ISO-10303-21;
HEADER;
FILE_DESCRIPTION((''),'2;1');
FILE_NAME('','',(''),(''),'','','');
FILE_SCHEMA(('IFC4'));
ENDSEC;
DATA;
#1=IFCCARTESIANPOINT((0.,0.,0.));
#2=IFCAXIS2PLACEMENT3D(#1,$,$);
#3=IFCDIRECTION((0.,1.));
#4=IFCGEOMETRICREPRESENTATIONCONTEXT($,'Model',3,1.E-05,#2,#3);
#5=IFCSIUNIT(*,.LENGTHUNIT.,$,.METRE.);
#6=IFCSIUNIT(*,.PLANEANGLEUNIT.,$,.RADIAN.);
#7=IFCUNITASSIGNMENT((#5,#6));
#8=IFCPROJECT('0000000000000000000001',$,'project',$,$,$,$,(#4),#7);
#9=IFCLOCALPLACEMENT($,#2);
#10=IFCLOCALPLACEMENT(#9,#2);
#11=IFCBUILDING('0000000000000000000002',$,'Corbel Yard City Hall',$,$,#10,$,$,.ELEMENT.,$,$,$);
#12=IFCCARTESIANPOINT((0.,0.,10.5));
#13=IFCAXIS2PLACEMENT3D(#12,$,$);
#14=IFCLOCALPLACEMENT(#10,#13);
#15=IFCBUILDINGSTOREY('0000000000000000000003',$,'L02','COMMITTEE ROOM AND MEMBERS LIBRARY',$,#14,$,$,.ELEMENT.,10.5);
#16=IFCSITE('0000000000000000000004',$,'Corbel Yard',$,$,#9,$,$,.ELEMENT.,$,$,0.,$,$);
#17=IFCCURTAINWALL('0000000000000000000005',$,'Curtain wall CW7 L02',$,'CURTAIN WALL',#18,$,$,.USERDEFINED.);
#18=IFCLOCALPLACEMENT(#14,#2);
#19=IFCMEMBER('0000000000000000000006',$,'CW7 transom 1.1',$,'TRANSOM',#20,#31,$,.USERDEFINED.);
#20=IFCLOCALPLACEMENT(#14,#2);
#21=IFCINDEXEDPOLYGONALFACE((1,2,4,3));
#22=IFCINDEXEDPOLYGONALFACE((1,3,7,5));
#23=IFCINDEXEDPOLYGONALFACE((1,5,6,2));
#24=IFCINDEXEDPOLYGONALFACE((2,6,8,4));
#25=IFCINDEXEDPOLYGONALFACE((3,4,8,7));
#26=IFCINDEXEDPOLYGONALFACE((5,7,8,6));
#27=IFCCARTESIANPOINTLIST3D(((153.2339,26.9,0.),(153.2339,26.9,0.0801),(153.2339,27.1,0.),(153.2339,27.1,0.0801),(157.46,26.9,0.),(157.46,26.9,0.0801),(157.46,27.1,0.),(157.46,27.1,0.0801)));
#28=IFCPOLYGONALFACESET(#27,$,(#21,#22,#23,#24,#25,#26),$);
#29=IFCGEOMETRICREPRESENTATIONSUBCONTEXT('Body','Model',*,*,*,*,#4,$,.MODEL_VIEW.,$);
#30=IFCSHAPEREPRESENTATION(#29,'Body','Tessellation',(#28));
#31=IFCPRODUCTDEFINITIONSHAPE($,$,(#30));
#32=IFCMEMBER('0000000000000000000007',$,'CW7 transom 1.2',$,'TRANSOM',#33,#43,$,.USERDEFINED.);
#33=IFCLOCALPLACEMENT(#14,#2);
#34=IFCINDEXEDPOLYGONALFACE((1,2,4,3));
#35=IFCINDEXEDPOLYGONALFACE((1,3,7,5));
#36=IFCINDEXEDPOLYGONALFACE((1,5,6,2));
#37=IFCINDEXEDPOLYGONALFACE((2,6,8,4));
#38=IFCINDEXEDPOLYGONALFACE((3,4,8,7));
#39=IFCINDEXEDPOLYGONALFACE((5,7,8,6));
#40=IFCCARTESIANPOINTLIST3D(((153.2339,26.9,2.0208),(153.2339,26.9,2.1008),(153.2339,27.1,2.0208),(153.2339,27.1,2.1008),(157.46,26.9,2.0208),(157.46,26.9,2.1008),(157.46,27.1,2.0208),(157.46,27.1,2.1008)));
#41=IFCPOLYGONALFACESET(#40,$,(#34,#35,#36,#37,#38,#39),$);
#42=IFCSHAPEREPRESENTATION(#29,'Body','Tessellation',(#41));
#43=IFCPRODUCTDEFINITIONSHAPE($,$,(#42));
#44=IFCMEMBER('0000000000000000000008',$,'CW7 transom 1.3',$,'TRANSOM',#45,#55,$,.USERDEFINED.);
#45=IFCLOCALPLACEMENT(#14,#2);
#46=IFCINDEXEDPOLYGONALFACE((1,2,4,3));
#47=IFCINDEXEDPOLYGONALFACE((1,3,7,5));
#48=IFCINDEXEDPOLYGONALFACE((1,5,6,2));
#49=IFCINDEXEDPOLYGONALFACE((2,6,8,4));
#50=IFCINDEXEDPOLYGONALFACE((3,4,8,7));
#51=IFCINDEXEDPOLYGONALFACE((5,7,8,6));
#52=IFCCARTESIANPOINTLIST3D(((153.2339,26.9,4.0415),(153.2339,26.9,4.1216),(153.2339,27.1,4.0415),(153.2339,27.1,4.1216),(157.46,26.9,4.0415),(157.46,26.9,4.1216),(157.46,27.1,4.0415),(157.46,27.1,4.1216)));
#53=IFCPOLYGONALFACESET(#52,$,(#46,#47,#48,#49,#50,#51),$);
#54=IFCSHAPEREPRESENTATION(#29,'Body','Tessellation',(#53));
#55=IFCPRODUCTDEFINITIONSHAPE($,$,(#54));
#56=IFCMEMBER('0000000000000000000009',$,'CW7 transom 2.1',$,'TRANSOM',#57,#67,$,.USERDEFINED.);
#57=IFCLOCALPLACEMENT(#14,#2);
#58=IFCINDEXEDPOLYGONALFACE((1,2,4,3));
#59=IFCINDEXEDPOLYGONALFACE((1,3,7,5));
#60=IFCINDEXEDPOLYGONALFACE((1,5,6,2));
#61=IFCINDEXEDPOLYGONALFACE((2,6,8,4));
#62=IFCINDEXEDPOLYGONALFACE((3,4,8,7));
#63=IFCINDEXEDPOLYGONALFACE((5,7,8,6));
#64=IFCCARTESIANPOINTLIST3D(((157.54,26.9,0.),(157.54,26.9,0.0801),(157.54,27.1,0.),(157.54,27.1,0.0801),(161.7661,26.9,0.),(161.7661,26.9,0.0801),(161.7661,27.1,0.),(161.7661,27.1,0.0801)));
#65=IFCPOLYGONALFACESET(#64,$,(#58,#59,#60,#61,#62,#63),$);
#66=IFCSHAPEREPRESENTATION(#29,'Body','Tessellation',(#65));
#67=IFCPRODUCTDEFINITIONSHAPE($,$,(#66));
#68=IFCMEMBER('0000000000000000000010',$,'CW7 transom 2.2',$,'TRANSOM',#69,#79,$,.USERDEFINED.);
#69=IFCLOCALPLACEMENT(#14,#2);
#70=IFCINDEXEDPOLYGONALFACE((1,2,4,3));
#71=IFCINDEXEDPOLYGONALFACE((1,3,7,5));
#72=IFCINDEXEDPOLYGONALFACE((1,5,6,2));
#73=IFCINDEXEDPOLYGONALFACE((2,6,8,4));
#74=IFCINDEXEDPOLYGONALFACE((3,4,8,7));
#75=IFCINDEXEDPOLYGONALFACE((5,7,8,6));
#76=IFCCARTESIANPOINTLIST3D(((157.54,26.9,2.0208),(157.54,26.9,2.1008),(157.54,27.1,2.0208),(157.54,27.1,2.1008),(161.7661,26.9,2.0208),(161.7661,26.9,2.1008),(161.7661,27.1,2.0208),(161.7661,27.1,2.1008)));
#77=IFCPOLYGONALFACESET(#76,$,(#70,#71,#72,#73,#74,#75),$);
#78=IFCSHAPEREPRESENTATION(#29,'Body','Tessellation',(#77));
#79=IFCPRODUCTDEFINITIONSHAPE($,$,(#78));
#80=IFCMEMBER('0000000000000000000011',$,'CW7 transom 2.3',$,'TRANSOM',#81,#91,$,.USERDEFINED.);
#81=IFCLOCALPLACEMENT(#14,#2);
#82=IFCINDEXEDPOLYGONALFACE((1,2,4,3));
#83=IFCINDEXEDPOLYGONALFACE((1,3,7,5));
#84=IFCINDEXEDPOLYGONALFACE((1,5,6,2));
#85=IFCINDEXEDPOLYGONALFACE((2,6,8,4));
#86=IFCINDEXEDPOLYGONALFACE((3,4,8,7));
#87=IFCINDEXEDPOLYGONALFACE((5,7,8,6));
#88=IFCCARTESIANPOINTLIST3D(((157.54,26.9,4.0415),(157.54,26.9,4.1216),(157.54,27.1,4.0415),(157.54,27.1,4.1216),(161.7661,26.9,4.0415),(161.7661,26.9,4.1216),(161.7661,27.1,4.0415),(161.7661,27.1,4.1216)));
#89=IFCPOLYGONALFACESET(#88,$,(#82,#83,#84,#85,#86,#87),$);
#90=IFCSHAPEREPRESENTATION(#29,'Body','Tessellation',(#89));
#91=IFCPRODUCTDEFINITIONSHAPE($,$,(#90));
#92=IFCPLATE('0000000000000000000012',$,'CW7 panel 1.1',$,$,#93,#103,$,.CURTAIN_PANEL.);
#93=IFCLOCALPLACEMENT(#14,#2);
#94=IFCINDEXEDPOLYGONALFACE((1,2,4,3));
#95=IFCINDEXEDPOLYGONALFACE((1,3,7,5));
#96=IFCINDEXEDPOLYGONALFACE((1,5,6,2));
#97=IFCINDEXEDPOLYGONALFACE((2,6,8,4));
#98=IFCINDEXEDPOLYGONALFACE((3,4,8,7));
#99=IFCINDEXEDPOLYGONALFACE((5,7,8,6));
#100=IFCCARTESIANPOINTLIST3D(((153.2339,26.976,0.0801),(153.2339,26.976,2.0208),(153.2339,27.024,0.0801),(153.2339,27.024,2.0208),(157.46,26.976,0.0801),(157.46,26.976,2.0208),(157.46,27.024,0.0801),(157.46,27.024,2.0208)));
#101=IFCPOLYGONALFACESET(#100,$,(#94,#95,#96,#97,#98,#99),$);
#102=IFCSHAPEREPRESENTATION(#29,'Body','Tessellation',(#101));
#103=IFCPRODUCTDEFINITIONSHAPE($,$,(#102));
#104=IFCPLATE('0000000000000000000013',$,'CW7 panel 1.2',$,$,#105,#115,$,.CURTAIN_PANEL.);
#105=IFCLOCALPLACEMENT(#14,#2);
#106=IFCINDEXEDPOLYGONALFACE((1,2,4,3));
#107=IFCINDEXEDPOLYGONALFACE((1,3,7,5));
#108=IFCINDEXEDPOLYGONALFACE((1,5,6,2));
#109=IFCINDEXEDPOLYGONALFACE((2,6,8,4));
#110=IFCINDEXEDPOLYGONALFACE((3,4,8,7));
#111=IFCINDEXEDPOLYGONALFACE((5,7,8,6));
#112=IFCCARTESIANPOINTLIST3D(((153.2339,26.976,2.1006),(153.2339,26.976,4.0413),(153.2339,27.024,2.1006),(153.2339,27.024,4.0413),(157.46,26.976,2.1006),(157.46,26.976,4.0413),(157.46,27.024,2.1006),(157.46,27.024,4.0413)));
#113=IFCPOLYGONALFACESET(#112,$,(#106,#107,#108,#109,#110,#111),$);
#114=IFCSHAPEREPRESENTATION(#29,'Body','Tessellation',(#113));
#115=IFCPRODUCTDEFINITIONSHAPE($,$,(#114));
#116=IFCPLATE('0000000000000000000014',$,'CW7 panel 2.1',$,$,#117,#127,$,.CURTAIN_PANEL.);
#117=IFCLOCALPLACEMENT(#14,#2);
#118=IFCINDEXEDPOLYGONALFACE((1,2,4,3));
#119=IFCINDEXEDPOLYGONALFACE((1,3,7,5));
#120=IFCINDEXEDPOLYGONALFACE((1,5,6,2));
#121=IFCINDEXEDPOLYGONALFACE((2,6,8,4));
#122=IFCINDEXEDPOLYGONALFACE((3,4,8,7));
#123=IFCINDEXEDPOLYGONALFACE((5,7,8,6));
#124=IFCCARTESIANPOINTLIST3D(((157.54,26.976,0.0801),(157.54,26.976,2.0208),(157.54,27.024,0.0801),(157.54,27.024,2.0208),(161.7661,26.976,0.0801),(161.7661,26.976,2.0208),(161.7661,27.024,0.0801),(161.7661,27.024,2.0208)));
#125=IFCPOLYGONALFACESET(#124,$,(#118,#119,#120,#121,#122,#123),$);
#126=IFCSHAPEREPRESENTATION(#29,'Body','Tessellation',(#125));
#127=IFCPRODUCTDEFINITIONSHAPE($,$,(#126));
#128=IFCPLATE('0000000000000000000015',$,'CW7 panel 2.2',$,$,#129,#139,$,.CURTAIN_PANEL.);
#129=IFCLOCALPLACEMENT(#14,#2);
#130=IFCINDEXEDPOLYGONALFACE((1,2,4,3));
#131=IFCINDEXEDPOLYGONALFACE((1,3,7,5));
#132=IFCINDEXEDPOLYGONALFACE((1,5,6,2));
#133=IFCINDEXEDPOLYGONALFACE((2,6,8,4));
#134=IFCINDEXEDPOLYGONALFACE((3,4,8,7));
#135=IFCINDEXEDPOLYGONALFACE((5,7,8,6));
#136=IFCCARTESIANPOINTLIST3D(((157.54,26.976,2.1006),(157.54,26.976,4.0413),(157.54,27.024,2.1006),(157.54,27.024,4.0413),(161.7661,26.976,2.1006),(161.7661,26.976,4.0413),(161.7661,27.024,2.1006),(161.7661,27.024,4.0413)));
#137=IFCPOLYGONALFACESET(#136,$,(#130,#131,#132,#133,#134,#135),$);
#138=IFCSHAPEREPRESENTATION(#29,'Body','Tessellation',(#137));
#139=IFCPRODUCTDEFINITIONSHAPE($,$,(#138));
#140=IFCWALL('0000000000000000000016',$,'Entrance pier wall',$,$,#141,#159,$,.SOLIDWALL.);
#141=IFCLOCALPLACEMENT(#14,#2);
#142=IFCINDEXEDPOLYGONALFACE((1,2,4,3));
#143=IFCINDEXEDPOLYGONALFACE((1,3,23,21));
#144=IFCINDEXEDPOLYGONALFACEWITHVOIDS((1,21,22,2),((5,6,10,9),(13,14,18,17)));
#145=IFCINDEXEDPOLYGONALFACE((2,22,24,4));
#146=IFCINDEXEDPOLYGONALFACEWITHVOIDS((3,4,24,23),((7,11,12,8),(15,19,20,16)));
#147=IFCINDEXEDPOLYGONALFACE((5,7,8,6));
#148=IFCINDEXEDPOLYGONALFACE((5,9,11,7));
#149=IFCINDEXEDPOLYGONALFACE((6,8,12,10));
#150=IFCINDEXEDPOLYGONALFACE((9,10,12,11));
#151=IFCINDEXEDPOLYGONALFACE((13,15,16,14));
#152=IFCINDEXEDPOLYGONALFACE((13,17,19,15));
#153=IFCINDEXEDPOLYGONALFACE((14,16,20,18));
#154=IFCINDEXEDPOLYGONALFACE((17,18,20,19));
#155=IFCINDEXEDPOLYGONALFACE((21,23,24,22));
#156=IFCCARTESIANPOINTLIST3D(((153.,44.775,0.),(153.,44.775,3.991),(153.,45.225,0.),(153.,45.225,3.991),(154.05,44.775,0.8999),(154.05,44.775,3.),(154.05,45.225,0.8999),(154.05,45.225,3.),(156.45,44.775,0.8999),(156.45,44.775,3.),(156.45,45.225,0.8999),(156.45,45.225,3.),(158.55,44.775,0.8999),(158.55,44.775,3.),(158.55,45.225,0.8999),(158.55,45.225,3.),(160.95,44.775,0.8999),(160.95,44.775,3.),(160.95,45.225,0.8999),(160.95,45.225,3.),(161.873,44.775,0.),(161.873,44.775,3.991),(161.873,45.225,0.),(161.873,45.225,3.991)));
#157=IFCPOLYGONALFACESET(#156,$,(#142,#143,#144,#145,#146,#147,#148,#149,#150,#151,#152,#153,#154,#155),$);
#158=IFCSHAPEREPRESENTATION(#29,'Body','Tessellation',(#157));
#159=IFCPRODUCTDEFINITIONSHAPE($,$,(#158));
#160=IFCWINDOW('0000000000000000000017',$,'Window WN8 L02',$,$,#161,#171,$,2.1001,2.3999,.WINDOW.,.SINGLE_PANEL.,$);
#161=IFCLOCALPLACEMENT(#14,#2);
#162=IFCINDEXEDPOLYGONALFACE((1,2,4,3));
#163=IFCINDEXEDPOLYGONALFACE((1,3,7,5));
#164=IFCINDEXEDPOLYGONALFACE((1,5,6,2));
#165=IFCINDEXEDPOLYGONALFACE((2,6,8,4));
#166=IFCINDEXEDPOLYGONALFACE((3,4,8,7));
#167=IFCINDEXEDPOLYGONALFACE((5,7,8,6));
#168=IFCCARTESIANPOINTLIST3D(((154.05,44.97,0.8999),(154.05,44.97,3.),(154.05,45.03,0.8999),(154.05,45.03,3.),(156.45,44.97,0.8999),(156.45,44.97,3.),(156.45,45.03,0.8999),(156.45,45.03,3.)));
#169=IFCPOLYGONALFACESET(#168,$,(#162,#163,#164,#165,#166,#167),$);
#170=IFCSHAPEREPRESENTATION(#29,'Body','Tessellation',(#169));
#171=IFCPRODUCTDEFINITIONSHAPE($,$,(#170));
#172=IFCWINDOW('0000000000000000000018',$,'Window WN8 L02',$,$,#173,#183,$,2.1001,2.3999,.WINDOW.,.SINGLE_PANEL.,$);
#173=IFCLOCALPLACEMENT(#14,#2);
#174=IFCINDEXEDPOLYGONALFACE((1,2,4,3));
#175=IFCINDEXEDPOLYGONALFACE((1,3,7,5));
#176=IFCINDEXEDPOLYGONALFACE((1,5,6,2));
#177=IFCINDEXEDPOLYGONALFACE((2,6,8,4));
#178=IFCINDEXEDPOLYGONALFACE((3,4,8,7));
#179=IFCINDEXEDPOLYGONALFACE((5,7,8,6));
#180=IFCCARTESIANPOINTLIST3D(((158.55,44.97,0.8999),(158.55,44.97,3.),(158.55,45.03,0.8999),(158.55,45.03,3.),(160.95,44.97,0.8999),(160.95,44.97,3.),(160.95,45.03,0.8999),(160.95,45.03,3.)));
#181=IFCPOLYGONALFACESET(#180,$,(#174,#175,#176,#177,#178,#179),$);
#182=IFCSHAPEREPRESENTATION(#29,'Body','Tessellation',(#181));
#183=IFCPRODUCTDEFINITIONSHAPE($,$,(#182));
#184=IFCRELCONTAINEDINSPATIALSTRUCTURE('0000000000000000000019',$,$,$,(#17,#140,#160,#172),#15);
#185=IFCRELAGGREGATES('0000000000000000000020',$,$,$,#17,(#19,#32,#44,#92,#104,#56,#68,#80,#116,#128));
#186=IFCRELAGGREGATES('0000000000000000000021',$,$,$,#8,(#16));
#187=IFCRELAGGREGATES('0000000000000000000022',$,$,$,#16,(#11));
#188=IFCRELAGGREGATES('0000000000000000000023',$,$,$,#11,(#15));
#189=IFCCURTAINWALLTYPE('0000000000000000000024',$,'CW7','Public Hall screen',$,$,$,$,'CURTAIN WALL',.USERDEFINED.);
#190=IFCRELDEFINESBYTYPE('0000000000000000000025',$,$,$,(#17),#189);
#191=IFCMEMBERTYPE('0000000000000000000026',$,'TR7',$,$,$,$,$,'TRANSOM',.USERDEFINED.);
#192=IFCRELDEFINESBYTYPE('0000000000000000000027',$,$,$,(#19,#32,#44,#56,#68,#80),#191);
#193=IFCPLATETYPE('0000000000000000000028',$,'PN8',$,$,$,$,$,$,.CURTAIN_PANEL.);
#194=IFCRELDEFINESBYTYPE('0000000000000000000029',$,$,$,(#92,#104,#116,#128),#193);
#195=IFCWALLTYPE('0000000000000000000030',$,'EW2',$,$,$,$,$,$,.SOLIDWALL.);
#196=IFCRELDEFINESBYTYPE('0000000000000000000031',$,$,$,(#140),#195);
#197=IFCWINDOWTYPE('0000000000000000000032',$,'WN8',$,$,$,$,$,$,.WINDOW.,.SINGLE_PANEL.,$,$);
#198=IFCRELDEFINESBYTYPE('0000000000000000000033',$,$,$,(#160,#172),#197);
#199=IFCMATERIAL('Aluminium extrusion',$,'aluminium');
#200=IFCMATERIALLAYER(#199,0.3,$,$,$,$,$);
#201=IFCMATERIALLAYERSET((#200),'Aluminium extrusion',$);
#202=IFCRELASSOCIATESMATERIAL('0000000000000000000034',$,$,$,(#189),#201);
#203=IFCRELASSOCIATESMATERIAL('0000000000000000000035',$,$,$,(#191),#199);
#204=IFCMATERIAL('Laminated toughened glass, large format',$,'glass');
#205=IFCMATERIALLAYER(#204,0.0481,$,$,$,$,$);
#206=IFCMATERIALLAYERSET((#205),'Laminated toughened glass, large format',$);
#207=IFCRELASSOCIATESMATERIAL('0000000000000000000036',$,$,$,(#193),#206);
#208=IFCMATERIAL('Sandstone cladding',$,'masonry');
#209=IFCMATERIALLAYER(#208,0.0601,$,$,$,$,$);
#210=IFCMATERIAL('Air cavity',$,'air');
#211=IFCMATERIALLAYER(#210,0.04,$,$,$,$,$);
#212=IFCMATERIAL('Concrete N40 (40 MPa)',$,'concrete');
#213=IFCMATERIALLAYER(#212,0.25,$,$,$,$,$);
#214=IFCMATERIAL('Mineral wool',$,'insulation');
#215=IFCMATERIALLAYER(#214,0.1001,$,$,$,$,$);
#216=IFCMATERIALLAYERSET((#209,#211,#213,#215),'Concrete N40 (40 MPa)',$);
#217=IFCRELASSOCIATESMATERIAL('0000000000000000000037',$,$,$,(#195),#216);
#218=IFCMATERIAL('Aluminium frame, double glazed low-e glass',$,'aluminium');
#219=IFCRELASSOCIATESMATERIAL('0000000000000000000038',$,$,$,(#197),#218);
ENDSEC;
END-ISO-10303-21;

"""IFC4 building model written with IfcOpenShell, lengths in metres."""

from ifc_helpers import new_model, si_unit, direction, frame, frame_2d, origin, origin_2d, place, context, subcontext, project, spatial, rectangle, extrude, material, layer, layer_set, material_profile, profile_set, type_object, element, fill, aggregate, save


model = new_model("IFC4")

# Units and contexts
model_context = context("Model", 3, precision=1e-05, world=origin(), true_north=direction((0.0, 1.0)))
body_context = subcontext(model_context, "Body", "Model", "MODEL_VIEW")
ifc_project = project(units=[si_unit("LENGTHUNIT", "METRE"), si_unit("PLANEANGLEUNIT", "RADIAN")], contexts=[model_context])

# Site, building, storey
site_placement = place(None, origin())
site = spatial("IfcSite", under=ifc_project, at=site_placement, Name="Corbel Yard", CompositionType="ELEMENT", RefElevation=0.0)
building_placement = place(site_placement, origin())
building = spatial("IfcBuilding", under=site, at=building_placement, Name="Corbel Yard City Hall", CompositionType="ELEMENT")
storey_placement = place(building_placement, frame((0.0, 0.0, 10.5)))
storey = spatial("IfcBuildingStorey", under=building, at=storey_placement, Name="L02", Description="COMMITTEE ROOM AND MEMBERS LIBRARY", CompositionType="ELEMENT", Elevation=10.5)

# Curtain wall
ifc_material_1 = material(Name="Aluminium extrusion", Category="aluminium")
ifc_layer_1 = layer(ifc_material_1, 0.3)
ifc_layer_set_1 = layer_set([ifc_layer_1], Name="Aluminium extrusion")
curtain_wall_type = type_object("IfcCurtainWallType", Name="CW7", Description="Public Hall screen", ElementType="CURTAIN WALL", PredefinedType="USERDEFINED", material=ifc_layer_set_1)
curtain_wall_placement = place(storey_placement, origin())
curtain_wall = element("IfcCurtainWall", 1, at=curtain_wall_placement, inside=storey, type_object=curtain_wall_type, Name="Curtain wall CW7 L02", ObjectType="CURTAIN WALL", PredefinedType="USERDEFINED")

# Members
ifc_material_profile_1 = material_profile(ifc_material_1, rectangle(XDim=0.2, YDim=0.0801, at=origin_2d()), Name="200x80")
ifc_profile_set_1 = profile_set([ifc_material_profile_1], Name="Aluminium extrusion")
member_type_1 = type_object("IfcMemberType", Name="TR7", ElementType="TRANSOM", PredefinedType="USERDEFINED", material=ifc_profile_set_1)
member_1_placement = place(storey_placement, frame((153.2339, 27.0, 0.04), z_axis=(1.0, 0.0, 0.0), x_axis=(0.0, 1.0, 0.0)))
member_1 = element("IfcMember", 2, at=member_1_placement, type_object=member_type_1, Name="CW7 transom 1.1", ObjectType="TRANSOM", PredefinedType="USERDEFINED", context=body_context, shape_type="SweptSolid", body=[
    extrude(rectangle(XDim=0.2, YDim=0.0801, at=origin_2d()), origin(), (0.0, 0.0, 1.0), 4.2261),
])
member_2_placement = place(storey_placement, frame((153.2339, 27.0, 2.0608), z_axis=(1.0, 0.0, 0.0), x_axis=(0.0, 1.0, 0.0)))
member_2 = element("IfcMember", 3, at=member_2_placement, type_object=member_type_1, Name="CW7 transom 1.2", ObjectType="TRANSOM", PredefinedType="USERDEFINED", context=body_context, shape_type="SweptSolid", body=[
    extrude(rectangle(XDim=0.2, YDim=0.0801, at=origin_2d()), origin(), (0.0, 0.0, 1.0), 4.2261),
])
member_3_placement = place(storey_placement, frame((153.2339, 27.0, 4.0815), z_axis=(1.0, 0.0, 0.0), x_axis=(0.0, 1.0, 0.0)))
member_3 = element("IfcMember", 4, at=member_3_placement, type_object=member_type_1, Name="CW7 transom 1.3", ObjectType="TRANSOM", PredefinedType="USERDEFINED", context=body_context, shape_type="SweptSolid", body=[
    extrude(rectangle(XDim=0.2, YDim=0.0801, at=origin_2d()), origin(), (0.0, 0.0, 1.0), 4.2261),
])
member_4_placement = place(storey_placement, frame((157.54, 27.0, 0.04), z_axis=(1.0, 0.0, 0.0), x_axis=(0.0, 1.0, 0.0)))
member_4 = element("IfcMember", 5, at=member_4_placement, type_object=member_type_1, Name="CW7 transom 2.1", ObjectType="TRANSOM", PredefinedType="USERDEFINED", context=body_context, shape_type="SweptSolid", body=[
    extrude(rectangle(XDim=0.2, YDim=0.0801, at=origin_2d()), origin(), (0.0, 0.0, 1.0), 4.2261),
])
member_5_placement = place(storey_placement, frame((157.54, 27.0, 2.0608), z_axis=(1.0, 0.0, 0.0), x_axis=(0.0, 1.0, 0.0)))
member_5 = element("IfcMember", 6, at=member_5_placement, type_object=member_type_1, Name="CW7 transom 2.2", ObjectType="TRANSOM", PredefinedType="USERDEFINED", context=body_context, shape_type="SweptSolid", body=[
    extrude(rectangle(XDim=0.2, YDim=0.0801, at=origin_2d()), origin(), (0.0, 0.0, 1.0), 4.2261),
])
member_6_placement = place(storey_placement, frame((157.54, 27.0, 4.0815), z_axis=(1.0, 0.0, 0.0), x_axis=(0.0, 1.0, 0.0)))
member_6 = element("IfcMember", 7, at=member_6_placement, type_object=member_type_1, Name="CW7 transom 2.3", ObjectType="TRANSOM", PredefinedType="USERDEFINED", context=body_context, shape_type="SweptSolid", body=[
    extrude(rectangle(XDim=0.2, YDim=0.0801, at=origin_2d()), origin(), (0.0, 0.0, 1.0), 4.2261),
])

# Plates
ifc_material_2 = material(Name="Laminated toughened glass, large format", Category="glass")
ifc_layer_2 = layer(ifc_material_2, 0.0481)
ifc_layer_set_2 = layer_set([ifc_layer_2], Name="Laminated toughened glass, large format")
plate_type = type_object("IfcPlateType", Name="PN8", PredefinedType="CURTAIN_PANEL", material=ifc_layer_set_2)
plate_1_placement = place(storey_placement, frame((155.3469, 27.0, 0.0801), z_axis=(0.0, 0.0, 1.0), x_axis=(1.0, 0.0, 0.0)))
plate_1 = element("IfcPlate", 8, at=plate_1_placement, type_object=plate_type, Name="CW7 panel 1.1", PredefinedType="CURTAIN_PANEL", context=body_context, shape_type="SweptSolid", body=[
    extrude(rectangle(XDim=4.2261, YDim=0.0481, at=origin_2d()), origin(), (0.0, 0.0, 1.0), 1.9407),
])
plate_2_placement = place(storey_placement, frame((155.3469, 27.0, 2.1006), z_axis=(0.0, 0.0, 1.0), x_axis=(1.0, 0.0, 0.0)))
plate_2 = element("IfcPlate", 9, at=plate_2_placement, type_object=plate_type, Name="CW7 panel 1.2", PredefinedType="CURTAIN_PANEL", context=body_context, shape_type="SweptSolid", body=[
    extrude(rectangle(XDim=4.2261, YDim=0.0481, at=origin_2d()), origin(), (0.0, 0.0, 1.0), 1.9407),
])
plate_3_placement = place(storey_placement, frame((159.6531, 27.0, 0.0801), z_axis=(0.0, 0.0, 1.0), x_axis=(1.0, 0.0, 0.0)))
plate_3 = element("IfcPlate", 10, at=plate_3_placement, type_object=plate_type, Name="CW7 panel 2.1", PredefinedType="CURTAIN_PANEL", context=body_context, shape_type="SweptSolid", body=[
    extrude(rectangle(XDim=4.2261, YDim=0.0481, at=origin_2d()), origin(), (0.0, 0.0, 1.0), 1.9407),
])
plate_4_placement = place(storey_placement, frame((159.6531, 27.0, 2.1006), z_axis=(0.0, 0.0, 1.0), x_axis=(1.0, 0.0, 0.0)))
plate_4 = element("IfcPlate", 11, at=plate_4_placement, type_object=plate_type, Name="CW7 panel 2.2", PredefinedType="CURTAIN_PANEL", context=body_context, shape_type="SweptSolid", body=[
    extrude(rectangle(XDim=4.2261, YDim=0.0481, at=origin_2d()), origin(), (0.0, 0.0, 1.0), 1.9407),
])
aggregate(curtain_wall, [member_1, member_2, member_3, plate_1, plate_2, member_4, member_5, member_6, plate_3, plate_4])

# Wall, openings, windows
ifc_material_3 = material(Name="Sandstone cladding", Category="masonry")
ifc_layer_3 = layer(ifc_material_3, 0.0601)
ifc_material_4 = material(Name="Air cavity", Category="air")
ifc_layer_4 = layer(ifc_material_4, 0.04)
ifc_material_5 = material(Name="Concrete N40 (40 MPa)", Category="concrete")
ifc_layer_5 = layer(ifc_material_5, 0.25)
ifc_material_6 = material(Name="Mineral wool", Category="insulation")
ifc_layer_6 = layer(ifc_material_6, 0.1001)
ifc_layer_set_3 = layer_set([ifc_layer_3, ifc_layer_4, ifc_layer_5, ifc_layer_6], Name="Concrete N40 (40 MPa)")
wall_type = type_object("IfcWallType", Name="EW2", PredefinedType="SOLIDWALL", material=ifc_layer_set_3)
wall_placement = place(storey_placement, frame((153.0, 45.0, 0.0), z_axis=(0.0, 0.0, 1.0), x_axis=(1.0, 0.0, 0.0)))
wall = element("IfcWall", 12, at=wall_placement, inside=storey, type_object=wall_type, Name="Entrance pier wall", PredefinedType="SOLIDWALL", context=body_context, shape_type="SweptSolid", body=[
    extrude(rectangle(XDim=8.873, YDim=0.45, at=frame_2d((4.4365, 0.0))), origin(), (0.0, 0.0, 1.0), 3.991),
])
opening_1_placement = place(wall_placement, frame((1.05, 0.0, 0.8999)))
opening_1 = element("IfcOpeningElement", 13, at=opening_1_placement, cuts=wall, PredefinedType="OPENING", context=body_context, shape_type="SweptSolid", body=[
    extrude(rectangle(XDim=2.3999, YDim=2.1001, at=frame_2d((1.2, 1.05))), frame((0.0, 0.2349, 0.0), z_axis=(0.0, -1.0, 0.0), x_axis=(1.0, 0.0, 0.0)), (0.0, 0.0, 1.0), 0.47),
])
opening_2_placement = place(wall_placement, frame((5.55, 0.0, 0.8999)))
opening_2 = element("IfcOpeningElement", 14, at=opening_2_placement, cuts=wall, PredefinedType="OPENING", context=body_context, shape_type="SweptSolid", body=[
    extrude(rectangle(XDim=2.3999, YDim=2.1001, at=frame_2d((1.2, 1.05))), frame((0.0, 0.2349, 0.0), z_axis=(0.0, -1.0, 0.0), x_axis=(1.0, 0.0, 0.0)), (0.0, 0.0, 1.0), 0.47),
])
ifc_material_7 = material(Name="Aluminium frame, double glazed low-e glass", Category="aluminium")
window_type = type_object("IfcWindowType", Name="WN8", PartitioningType="SINGLE_PANEL", PredefinedType="WINDOW", material=ifc_material_7)
window_1_placement = place(opening_1_placement, origin())
window_1 = element("IfcWindow", 15, at=window_1_placement, inside=storey, type_object=window_type, Name="Window WN8 L02", OverallHeight=2.1001, OverallWidth=2.3999, PartitioningType="SINGLE_PANEL", PredefinedType="WINDOW", context=body_context, shape_type="SweptSolid", body=[
    extrude(rectangle(XDim=2.3999, YDim=2.1001, at=frame_2d((1.2, 1.05))), frame((0.0, 0.03, 0.0), z_axis=(0.0, -1.0, 0.0), x_axis=(1.0, 0.0, 0.0)), (0.0, 0.0, 1.0), 0.0601),
])
fill(opening_1, window_1)
window_2_placement = place(opening_2_placement, origin())
window_2 = element("IfcWindow", 16, at=window_2_placement, inside=storey, type_object=window_type, Name="Window WN8 L02", OverallHeight=2.1001, OverallWidth=2.3999, PartitioningType="SINGLE_PANEL", PredefinedType="WINDOW", context=body_context, shape_type="SweptSolid", body=[
    extrude(rectangle(XDim=2.3999, YDim=2.1001, at=frame_2d((1.2, 1.05))), frame((0.0, 0.03, 0.0), z_axis=(0.0, -1.0, 0.0), x_axis=(1.0, 0.0, 0.0)), (0.0, 0.0, 1.0), 0.0601),
])
fill(opening_2, window_2)

save(model, "model.ifc")
